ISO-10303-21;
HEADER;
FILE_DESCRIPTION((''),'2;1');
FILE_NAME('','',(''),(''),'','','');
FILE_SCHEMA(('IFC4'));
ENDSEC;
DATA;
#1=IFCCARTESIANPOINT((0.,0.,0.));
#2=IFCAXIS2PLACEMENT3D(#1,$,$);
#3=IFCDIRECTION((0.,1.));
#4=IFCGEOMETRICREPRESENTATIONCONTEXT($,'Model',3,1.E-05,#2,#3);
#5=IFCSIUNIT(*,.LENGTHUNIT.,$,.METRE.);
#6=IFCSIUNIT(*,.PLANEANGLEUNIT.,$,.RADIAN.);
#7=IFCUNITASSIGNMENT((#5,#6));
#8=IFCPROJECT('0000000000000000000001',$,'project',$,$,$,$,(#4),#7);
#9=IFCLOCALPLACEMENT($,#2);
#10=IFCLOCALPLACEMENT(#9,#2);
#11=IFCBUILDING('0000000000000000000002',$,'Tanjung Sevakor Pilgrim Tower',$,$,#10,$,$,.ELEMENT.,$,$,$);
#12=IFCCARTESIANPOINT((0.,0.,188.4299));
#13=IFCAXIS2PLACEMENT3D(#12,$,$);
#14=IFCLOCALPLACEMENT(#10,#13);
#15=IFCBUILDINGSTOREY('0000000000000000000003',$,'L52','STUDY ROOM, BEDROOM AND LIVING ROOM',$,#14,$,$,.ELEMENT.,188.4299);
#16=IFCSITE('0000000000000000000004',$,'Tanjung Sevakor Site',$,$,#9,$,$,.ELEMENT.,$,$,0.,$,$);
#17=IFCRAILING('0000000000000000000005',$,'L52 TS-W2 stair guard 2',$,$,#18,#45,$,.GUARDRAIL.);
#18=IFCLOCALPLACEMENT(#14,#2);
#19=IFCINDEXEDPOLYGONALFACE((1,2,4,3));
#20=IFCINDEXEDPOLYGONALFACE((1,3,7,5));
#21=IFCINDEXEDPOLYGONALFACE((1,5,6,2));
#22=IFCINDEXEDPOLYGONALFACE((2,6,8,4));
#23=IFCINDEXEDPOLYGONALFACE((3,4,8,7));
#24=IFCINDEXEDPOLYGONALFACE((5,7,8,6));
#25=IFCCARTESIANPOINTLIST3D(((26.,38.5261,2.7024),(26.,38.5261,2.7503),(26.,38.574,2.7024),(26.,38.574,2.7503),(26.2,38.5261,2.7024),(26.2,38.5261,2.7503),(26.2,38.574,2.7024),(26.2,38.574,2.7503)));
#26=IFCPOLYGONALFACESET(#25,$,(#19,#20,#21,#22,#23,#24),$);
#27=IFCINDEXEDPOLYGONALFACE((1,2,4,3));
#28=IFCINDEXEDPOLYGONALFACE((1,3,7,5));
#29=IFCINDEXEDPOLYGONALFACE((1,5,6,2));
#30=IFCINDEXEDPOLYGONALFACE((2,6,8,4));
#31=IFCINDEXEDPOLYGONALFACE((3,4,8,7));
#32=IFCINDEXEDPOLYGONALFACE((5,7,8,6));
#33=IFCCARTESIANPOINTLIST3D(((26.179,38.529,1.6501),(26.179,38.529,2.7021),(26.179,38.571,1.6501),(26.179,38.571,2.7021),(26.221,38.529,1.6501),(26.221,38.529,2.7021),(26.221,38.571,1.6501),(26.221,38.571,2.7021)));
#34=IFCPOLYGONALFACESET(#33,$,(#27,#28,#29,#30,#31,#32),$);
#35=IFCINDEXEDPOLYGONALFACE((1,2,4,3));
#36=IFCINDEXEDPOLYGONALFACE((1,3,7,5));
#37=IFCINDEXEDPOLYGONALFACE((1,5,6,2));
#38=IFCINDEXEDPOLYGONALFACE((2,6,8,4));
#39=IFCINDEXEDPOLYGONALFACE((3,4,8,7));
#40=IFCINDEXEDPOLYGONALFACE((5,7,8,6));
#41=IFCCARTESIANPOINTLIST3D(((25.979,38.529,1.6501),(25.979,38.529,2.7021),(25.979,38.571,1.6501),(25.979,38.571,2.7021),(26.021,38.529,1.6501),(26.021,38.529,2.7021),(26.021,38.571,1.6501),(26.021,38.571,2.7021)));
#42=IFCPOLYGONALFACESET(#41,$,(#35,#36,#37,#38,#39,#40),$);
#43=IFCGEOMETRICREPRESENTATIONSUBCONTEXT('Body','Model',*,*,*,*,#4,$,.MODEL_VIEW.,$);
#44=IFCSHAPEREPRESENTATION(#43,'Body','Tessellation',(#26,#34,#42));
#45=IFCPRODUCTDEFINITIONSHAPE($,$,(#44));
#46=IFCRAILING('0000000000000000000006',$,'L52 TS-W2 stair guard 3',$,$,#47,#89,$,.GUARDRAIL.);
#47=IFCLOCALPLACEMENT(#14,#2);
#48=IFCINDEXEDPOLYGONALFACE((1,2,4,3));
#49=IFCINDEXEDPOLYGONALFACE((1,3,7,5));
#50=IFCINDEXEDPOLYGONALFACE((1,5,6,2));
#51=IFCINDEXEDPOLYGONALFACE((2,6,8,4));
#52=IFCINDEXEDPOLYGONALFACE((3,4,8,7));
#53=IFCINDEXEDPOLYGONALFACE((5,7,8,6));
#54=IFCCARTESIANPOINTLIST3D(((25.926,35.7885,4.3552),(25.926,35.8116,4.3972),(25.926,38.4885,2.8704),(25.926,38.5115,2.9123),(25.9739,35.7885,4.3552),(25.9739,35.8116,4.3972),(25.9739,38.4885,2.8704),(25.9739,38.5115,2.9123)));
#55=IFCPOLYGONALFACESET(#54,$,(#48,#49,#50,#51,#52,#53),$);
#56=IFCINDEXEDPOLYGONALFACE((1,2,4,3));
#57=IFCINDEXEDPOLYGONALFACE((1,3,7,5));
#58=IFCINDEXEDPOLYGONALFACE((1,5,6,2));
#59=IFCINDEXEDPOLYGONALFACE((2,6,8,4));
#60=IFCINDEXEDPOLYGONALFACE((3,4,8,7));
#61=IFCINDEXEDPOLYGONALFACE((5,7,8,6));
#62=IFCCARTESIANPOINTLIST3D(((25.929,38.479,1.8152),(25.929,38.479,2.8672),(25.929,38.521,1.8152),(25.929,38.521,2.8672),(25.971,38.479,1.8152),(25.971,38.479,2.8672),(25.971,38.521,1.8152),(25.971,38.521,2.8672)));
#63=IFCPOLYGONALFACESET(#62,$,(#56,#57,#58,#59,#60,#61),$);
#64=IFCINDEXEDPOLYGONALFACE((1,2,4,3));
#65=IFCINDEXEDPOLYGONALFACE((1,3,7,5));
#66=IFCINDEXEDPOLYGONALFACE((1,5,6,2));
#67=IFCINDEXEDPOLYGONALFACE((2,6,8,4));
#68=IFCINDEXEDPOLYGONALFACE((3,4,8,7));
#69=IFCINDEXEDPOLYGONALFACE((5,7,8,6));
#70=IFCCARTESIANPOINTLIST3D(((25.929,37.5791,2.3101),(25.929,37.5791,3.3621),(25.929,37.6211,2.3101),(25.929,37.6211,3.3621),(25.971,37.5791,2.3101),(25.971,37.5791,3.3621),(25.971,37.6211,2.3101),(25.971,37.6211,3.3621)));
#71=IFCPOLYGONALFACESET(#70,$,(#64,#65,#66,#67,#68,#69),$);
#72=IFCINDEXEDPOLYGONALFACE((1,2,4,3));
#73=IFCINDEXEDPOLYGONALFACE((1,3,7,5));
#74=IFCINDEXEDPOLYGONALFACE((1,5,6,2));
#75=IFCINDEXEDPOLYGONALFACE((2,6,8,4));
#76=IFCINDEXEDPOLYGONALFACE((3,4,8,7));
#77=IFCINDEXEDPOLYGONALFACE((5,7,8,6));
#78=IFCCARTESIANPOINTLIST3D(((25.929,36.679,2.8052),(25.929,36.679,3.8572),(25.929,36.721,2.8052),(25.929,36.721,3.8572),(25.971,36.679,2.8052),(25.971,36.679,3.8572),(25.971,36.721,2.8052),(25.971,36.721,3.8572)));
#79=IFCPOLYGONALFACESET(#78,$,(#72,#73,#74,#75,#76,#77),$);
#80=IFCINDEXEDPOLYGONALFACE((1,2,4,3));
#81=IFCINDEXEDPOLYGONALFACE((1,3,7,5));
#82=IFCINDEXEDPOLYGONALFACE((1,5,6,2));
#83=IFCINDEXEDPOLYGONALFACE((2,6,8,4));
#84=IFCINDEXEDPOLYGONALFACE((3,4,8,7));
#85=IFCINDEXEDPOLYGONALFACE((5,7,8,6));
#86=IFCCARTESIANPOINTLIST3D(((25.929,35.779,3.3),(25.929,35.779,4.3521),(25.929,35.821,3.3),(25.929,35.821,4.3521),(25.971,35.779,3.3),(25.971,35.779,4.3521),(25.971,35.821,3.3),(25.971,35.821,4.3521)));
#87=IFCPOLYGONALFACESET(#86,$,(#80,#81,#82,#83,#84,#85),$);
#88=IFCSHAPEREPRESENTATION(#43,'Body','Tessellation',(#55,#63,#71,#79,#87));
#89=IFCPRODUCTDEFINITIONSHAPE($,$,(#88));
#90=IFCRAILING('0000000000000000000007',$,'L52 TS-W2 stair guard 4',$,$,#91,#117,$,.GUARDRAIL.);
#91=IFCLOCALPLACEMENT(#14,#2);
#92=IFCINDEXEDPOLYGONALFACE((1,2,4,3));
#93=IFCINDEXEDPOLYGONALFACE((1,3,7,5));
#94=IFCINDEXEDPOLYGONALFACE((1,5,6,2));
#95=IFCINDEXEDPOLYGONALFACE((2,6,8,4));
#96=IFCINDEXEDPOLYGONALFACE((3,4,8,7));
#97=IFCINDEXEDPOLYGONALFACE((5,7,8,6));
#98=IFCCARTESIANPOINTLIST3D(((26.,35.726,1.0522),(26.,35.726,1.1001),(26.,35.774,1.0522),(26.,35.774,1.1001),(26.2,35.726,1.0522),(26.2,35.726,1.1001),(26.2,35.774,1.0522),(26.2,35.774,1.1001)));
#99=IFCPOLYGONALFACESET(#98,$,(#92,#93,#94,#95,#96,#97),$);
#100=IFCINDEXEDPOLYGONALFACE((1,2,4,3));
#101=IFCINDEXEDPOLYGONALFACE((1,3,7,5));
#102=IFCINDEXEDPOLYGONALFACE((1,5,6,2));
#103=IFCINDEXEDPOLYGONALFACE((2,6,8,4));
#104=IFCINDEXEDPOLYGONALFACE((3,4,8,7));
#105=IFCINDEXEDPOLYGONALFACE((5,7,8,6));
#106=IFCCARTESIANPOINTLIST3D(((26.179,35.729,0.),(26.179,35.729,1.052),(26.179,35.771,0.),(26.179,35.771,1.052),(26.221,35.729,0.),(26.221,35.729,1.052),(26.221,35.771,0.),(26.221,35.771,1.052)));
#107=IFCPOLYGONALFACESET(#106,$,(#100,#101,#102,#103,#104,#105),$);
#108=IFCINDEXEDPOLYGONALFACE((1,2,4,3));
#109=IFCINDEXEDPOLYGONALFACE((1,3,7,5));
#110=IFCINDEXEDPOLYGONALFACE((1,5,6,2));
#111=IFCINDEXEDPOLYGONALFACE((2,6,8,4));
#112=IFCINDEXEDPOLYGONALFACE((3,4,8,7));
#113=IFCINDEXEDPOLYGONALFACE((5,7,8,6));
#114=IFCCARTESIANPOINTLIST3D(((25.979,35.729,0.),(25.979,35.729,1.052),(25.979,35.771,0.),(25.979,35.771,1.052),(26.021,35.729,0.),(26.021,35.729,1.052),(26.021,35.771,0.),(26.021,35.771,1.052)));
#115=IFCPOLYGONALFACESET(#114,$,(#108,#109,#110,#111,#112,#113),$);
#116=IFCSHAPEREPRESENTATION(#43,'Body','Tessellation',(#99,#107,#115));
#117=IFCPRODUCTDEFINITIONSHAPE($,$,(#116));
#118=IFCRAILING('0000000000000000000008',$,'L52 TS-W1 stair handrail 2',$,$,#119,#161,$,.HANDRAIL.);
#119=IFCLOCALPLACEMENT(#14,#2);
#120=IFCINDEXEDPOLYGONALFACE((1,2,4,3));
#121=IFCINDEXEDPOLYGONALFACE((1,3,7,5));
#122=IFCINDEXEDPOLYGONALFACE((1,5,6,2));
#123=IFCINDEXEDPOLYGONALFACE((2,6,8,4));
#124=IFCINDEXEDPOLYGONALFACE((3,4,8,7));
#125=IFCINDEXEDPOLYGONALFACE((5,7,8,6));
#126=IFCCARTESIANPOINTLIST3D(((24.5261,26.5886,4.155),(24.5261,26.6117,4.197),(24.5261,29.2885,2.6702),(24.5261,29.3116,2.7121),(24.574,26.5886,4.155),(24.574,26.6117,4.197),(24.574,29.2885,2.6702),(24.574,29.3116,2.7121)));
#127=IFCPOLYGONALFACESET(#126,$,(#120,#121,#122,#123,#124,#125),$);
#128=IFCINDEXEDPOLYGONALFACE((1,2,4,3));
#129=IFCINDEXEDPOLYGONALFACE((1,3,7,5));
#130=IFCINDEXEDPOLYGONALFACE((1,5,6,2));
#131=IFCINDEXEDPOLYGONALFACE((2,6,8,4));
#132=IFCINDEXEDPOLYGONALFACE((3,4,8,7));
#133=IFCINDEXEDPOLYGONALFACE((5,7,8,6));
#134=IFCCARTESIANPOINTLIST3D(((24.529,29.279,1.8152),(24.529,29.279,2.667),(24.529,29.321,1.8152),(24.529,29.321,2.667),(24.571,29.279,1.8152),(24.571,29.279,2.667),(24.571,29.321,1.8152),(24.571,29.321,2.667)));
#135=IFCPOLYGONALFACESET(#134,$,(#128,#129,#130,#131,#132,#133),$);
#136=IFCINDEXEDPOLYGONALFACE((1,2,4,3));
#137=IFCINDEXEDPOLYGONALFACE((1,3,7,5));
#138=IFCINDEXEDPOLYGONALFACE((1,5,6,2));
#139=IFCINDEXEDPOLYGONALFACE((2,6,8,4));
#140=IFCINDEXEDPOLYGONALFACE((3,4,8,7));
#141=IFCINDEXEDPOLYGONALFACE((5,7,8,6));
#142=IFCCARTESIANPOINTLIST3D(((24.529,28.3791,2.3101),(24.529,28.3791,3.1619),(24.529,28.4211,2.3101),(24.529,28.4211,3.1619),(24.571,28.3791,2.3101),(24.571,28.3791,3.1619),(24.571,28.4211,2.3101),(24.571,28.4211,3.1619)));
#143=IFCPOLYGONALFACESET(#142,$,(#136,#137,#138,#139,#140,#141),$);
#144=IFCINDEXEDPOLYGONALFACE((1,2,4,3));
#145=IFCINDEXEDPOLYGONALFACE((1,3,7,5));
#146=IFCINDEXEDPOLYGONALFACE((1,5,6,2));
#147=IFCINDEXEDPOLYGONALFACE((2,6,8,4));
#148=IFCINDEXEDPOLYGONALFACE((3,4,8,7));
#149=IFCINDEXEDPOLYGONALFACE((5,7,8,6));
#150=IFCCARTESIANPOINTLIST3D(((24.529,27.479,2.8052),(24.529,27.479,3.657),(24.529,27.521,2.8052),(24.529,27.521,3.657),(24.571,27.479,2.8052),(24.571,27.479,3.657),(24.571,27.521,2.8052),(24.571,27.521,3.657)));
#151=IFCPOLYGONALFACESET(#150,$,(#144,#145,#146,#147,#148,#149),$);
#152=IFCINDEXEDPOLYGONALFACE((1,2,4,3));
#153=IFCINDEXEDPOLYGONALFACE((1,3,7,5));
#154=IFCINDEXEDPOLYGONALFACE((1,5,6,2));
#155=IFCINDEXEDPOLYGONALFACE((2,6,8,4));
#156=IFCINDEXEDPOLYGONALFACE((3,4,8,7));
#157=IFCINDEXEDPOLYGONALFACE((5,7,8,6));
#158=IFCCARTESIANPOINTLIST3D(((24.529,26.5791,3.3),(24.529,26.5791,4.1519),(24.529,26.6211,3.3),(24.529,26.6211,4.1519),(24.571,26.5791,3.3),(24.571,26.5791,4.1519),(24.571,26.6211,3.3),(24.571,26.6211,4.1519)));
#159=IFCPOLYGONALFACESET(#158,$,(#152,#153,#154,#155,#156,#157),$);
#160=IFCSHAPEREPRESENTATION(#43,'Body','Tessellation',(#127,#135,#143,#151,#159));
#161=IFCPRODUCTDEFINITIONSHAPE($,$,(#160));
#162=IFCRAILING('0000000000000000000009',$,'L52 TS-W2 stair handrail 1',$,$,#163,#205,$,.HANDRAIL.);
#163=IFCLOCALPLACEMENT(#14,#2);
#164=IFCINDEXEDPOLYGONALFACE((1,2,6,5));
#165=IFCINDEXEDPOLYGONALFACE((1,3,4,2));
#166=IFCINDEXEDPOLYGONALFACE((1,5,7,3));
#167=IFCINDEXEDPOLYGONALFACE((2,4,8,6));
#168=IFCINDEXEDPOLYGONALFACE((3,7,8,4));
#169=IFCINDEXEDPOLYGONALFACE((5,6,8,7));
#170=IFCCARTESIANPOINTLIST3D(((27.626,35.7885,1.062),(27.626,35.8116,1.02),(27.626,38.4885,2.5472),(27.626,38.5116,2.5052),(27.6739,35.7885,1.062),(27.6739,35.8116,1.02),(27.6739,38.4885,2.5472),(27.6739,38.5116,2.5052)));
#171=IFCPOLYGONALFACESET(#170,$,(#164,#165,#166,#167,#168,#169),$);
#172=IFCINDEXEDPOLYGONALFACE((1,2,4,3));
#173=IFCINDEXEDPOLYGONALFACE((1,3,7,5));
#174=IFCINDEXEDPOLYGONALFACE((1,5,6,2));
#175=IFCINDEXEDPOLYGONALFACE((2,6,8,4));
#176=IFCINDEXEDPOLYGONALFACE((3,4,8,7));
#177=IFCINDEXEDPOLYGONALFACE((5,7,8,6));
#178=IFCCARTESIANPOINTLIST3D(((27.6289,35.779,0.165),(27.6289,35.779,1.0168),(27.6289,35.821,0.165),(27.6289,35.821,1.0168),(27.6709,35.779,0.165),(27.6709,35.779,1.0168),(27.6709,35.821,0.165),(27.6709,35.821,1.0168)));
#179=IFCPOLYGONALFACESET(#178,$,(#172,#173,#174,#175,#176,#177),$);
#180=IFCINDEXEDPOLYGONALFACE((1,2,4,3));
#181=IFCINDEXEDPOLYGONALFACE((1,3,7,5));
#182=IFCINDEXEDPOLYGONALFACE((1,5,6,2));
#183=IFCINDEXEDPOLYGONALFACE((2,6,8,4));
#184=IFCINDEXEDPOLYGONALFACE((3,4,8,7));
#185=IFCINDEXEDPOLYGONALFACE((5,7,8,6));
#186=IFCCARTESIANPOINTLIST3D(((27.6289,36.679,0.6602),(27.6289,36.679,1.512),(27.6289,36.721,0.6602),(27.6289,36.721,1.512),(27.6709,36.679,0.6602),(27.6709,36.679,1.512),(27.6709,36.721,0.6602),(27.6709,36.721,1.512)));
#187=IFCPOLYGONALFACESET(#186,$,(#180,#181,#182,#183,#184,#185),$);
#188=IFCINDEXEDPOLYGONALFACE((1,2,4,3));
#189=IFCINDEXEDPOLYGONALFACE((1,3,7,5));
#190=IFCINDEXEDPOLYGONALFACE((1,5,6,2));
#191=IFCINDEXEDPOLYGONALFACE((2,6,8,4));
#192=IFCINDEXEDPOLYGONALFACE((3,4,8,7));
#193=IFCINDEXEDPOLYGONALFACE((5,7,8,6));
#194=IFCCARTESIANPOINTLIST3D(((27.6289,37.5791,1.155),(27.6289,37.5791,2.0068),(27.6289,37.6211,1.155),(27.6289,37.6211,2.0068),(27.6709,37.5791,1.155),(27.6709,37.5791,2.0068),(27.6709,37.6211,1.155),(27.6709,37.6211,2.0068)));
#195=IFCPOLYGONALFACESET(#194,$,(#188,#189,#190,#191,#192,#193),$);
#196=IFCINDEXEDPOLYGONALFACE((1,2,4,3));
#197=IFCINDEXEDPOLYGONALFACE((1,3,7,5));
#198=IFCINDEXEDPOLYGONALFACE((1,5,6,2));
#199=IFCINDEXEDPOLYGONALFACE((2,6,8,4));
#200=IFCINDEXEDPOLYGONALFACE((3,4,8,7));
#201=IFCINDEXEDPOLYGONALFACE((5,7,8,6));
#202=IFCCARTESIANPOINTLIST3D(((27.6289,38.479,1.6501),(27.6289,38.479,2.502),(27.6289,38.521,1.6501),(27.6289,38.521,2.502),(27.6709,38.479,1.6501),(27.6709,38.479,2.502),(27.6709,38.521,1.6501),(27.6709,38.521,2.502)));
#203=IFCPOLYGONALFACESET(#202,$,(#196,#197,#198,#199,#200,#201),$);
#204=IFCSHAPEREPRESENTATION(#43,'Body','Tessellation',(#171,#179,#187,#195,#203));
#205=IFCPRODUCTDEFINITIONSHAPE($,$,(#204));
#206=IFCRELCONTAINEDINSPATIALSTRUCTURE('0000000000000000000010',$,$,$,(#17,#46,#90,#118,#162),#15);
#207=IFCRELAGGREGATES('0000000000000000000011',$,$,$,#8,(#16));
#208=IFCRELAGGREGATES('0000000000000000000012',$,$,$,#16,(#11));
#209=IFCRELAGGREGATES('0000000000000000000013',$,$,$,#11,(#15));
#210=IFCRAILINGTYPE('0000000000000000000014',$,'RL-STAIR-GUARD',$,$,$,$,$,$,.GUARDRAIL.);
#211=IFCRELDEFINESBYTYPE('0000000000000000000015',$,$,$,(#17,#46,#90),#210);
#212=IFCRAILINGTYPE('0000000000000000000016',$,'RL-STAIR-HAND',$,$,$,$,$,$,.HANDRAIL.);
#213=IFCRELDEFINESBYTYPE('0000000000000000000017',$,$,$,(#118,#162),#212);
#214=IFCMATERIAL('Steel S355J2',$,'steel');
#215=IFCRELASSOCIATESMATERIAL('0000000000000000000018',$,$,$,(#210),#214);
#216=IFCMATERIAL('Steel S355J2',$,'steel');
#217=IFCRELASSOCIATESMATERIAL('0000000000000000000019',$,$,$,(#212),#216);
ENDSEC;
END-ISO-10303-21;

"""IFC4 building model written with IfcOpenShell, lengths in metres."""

from ifc_helpers import new_model, si_unit, direction, frame, origin, place, context, subcontext, project, spatial, rectangle, extrude, material, type_object, element, save


model = new_model("IFC4")

# Units and contexts
model_context = context("Model", 3, precision=1e-05, world=origin(), true_north=direction((0.0, 1.0)))
body_context = subcontext(model_context, "Body", "Model", "MODEL_VIEW")
ifc_project = project(units=[si_unit("LENGTHUNIT", "METRE"), si_unit("PLANEANGLEUNIT", "RADIAN")], contexts=[model_context])

# Site, building, storey
site_placement = place(None, origin())
site = spatial("IfcSite", under=ifc_project, at=site_placement, Name="Tanjung Sevakor Site", CompositionType="ELEMENT", RefElevation=0.0)
building_placement = place(site_placement, origin())
building = spatial("IfcBuilding", under=site, at=building_placement, Name="Tanjung Sevakor Pilgrim Tower", CompositionType="ELEMENT")
storey_placement = place(building_placement, frame((0.0, 0.0, 188.4299)))
storey = spatial("IfcBuildingStorey", under=building, at=storey_placement, Name="L52", Description="STUDY ROOM, BEDROOM AND LIVING ROOM", CompositionType="ELEMENT", Elevation=188.4299)

# Railings
ifc_material_1 = material(Name="Steel S355J2", Category="steel")
railing_type_1 = type_object("IfcRailingType", Name="RL-STAIR-GUARD", PredefinedType="GUARDRAIL", material=ifc_material_1)
railing_1_placement = place(storey_placement, frame((26.2, 38.55, 1.6501)))
element("IfcRailing", 1, at=railing_1_placement, inside=storey, type_object=railing_type_1, Name="L52 TS-W2 stair guard 2", PredefinedType="GUARDRAIL", context=body_context, shape_type="SweptSolid", body=[
    extrude(rectangle(XDim=0.0479, YDim=0.0479), frame((0.0, 0.0, 1.0762), z_axis=(-1.0, 0.0, 0.0), x_axis=(0.0, -1.0, 0.0)), (0.0, 0.0, 1.0), 0.2),
    extrude(rectangle(XDim=0.042, YDim=0.042), origin(), (0.0, 0.0, 1.0), 1.052),
    extrude(rectangle(XDim=0.042, YDim=0.042), frame((-0.2, 0.0, 0.0)), (0.0, 0.0, 1.0), 1.052),
])
railing_2_placement = place(storey_placement, frame((25.95, 38.5, 1.8152)))
element("IfcRailing", 2, at=railing_2_placement, inside=storey, type_object=railing_type_1, Name="L52 TS-W2 stair guard 3", PredefinedType="GUARDRAIL", context=body_context, shape_type="SweptSolid", body=[
    extrude(rectangle(XDim=0.0479, YDim=0.0479), frame((0.0, 0.0, 1.0762), z_axis=(0.0, -0.876231, 0.481891), x_axis=(1.0, 0.0, 0.0)), (0.0, 0.0, 1.0), 3.0813),
    extrude(rectangle(XDim=0.042, YDim=0.042), origin(), (0.0, 0.0, 1.0), 1.052),
    extrude(rectangle(XDim=0.042, YDim=0.042), frame((0.0, -0.8999, 0.4949)), (0.0, 0.0, 1.0), 1.052),
    extrude(rectangle(XDim=0.042, YDim=0.042), frame((0.0, -1.8, 0.99)), (0.0, 0.0, 1.0), 1.052),
    extrude(rectangle(XDim=0.042, YDim=0.042), frame((0.0, -2.7, 1.4849)), (0.0, 0.0, 1.0), 1.052),
])
railing_3_placement = place(storey_placement, frame((26.2, 35.75, 0.0)))
element("IfcRailing", 3, at=railing_3_placement, inside=storey, type_object=railing_type_1, Name="L52 TS-W2 stair guard 4", PredefinedType="GUARDRAIL", context=body_context, shape_type="SweptSolid", body=[
    extrude(rectangle(XDim=0.0479, YDim=0.0479), frame((0.0, 0.0, 1.0762), z_axis=(-1.0, 0.0, 0.0), x_axis=(0.0, -1.0, 0.0)), (0.0, 0.0, 1.0), 0.2),
    extrude(rectangle(XDim=0.042, YDim=0.042), origin(), (0.0, 0.0, 1.0), 1.052),
    extrude(rectangle(XDim=0.042, YDim=0.042), frame((-0.2, 0.0, 0.0)), (0.0, 0.0, 1.0), 1.052),
])
ifc_material_2 = material(Name="Steel S355J2", Category="steel")
railing_type_2 = type_object("IfcRailingType", Name="RL-STAIR-HAND", PredefinedType="HANDRAIL", material=ifc_material_2)
railing_4_placement = place(storey_placement, frame((24.55, 29.3, 1.8152)))
element("IfcRailing", 4, at=railing_4_placement, inside=storey, type_object=railing_type_2, Name="L52 TS-W1 stair handrail 2", PredefinedType="HANDRAIL", context=body_context, shape_type="SweptSolid", body=[
    extrude(rectangle(XDim=0.0479, YDim=0.0479), frame((0.0, 0.0, 0.876), z_axis=(0.0, -0.876231, 0.481891), x_axis=(1.0, 0.0, 0.0)), (0.0, 0.0, 1.0), 3.0813),
    extrude(rectangle(XDim=0.042, YDim=0.042), origin(), (0.0, 0.0, 1.0), 0.8518),
    extrude(rectangle(XDim=0.042, YDim=0.042), frame((0.0, -0.8999, 0.4949)), (0.0, 0.0, 1.0), 0.8518),
    extrude(rectangle(XDim=0.042, YDim=0.042), frame((0.0, -1.8, 0.99)), (0.0, 0.0, 1.0), 0.8518),
    extrude(rectangle(XDim=0.042, YDim=0.042), frame((0.0, -2.7, 1.4849)), (0.0, 0.0, 1.0), 0.8518),
])
railing_5_placement = place(storey_placement, frame((27.6499, 35.8, 0.165)))
element("IfcRailing", 5, at=railing_5_placement, inside=storey, type_object=railing_type_2, Name="L52 TS-W2 stair handrail 1", PredefinedType="HANDRAIL", context=body_context, shape_type="SweptSolid", body=[
    extrude(rectangle(XDim=0.0479, YDim=0.0479), frame((0.0, 0.0, 0.876), z_axis=(0.0, 0.876198, 0.481952), x_axis=(-1.0, 0.0, 0.0)), (0.0, 0.0, 1.0), 3.0815),
    extrude(rectangle(XDim=0.042, YDim=0.042), origin(), (0.0, 0.0, 1.0), 0.8518),
    extrude(rectangle(XDim=0.042, YDim=0.042), frame((0.0, 0.8999, 0.4951)), (0.0, 0.0, 1.0), 0.8518),
    extrude(rectangle(XDim=0.042, YDim=0.042), frame((0.0, 1.8, 0.99)), (0.0, 0.0, 1.0), 0.8518),
    extrude(rectangle(XDim=0.042, YDim=0.042), frame((0.0, 2.7, 1.4851)), (0.0, 0.0, 1.0), 0.8518),
])

save(model, "model.ifc")
